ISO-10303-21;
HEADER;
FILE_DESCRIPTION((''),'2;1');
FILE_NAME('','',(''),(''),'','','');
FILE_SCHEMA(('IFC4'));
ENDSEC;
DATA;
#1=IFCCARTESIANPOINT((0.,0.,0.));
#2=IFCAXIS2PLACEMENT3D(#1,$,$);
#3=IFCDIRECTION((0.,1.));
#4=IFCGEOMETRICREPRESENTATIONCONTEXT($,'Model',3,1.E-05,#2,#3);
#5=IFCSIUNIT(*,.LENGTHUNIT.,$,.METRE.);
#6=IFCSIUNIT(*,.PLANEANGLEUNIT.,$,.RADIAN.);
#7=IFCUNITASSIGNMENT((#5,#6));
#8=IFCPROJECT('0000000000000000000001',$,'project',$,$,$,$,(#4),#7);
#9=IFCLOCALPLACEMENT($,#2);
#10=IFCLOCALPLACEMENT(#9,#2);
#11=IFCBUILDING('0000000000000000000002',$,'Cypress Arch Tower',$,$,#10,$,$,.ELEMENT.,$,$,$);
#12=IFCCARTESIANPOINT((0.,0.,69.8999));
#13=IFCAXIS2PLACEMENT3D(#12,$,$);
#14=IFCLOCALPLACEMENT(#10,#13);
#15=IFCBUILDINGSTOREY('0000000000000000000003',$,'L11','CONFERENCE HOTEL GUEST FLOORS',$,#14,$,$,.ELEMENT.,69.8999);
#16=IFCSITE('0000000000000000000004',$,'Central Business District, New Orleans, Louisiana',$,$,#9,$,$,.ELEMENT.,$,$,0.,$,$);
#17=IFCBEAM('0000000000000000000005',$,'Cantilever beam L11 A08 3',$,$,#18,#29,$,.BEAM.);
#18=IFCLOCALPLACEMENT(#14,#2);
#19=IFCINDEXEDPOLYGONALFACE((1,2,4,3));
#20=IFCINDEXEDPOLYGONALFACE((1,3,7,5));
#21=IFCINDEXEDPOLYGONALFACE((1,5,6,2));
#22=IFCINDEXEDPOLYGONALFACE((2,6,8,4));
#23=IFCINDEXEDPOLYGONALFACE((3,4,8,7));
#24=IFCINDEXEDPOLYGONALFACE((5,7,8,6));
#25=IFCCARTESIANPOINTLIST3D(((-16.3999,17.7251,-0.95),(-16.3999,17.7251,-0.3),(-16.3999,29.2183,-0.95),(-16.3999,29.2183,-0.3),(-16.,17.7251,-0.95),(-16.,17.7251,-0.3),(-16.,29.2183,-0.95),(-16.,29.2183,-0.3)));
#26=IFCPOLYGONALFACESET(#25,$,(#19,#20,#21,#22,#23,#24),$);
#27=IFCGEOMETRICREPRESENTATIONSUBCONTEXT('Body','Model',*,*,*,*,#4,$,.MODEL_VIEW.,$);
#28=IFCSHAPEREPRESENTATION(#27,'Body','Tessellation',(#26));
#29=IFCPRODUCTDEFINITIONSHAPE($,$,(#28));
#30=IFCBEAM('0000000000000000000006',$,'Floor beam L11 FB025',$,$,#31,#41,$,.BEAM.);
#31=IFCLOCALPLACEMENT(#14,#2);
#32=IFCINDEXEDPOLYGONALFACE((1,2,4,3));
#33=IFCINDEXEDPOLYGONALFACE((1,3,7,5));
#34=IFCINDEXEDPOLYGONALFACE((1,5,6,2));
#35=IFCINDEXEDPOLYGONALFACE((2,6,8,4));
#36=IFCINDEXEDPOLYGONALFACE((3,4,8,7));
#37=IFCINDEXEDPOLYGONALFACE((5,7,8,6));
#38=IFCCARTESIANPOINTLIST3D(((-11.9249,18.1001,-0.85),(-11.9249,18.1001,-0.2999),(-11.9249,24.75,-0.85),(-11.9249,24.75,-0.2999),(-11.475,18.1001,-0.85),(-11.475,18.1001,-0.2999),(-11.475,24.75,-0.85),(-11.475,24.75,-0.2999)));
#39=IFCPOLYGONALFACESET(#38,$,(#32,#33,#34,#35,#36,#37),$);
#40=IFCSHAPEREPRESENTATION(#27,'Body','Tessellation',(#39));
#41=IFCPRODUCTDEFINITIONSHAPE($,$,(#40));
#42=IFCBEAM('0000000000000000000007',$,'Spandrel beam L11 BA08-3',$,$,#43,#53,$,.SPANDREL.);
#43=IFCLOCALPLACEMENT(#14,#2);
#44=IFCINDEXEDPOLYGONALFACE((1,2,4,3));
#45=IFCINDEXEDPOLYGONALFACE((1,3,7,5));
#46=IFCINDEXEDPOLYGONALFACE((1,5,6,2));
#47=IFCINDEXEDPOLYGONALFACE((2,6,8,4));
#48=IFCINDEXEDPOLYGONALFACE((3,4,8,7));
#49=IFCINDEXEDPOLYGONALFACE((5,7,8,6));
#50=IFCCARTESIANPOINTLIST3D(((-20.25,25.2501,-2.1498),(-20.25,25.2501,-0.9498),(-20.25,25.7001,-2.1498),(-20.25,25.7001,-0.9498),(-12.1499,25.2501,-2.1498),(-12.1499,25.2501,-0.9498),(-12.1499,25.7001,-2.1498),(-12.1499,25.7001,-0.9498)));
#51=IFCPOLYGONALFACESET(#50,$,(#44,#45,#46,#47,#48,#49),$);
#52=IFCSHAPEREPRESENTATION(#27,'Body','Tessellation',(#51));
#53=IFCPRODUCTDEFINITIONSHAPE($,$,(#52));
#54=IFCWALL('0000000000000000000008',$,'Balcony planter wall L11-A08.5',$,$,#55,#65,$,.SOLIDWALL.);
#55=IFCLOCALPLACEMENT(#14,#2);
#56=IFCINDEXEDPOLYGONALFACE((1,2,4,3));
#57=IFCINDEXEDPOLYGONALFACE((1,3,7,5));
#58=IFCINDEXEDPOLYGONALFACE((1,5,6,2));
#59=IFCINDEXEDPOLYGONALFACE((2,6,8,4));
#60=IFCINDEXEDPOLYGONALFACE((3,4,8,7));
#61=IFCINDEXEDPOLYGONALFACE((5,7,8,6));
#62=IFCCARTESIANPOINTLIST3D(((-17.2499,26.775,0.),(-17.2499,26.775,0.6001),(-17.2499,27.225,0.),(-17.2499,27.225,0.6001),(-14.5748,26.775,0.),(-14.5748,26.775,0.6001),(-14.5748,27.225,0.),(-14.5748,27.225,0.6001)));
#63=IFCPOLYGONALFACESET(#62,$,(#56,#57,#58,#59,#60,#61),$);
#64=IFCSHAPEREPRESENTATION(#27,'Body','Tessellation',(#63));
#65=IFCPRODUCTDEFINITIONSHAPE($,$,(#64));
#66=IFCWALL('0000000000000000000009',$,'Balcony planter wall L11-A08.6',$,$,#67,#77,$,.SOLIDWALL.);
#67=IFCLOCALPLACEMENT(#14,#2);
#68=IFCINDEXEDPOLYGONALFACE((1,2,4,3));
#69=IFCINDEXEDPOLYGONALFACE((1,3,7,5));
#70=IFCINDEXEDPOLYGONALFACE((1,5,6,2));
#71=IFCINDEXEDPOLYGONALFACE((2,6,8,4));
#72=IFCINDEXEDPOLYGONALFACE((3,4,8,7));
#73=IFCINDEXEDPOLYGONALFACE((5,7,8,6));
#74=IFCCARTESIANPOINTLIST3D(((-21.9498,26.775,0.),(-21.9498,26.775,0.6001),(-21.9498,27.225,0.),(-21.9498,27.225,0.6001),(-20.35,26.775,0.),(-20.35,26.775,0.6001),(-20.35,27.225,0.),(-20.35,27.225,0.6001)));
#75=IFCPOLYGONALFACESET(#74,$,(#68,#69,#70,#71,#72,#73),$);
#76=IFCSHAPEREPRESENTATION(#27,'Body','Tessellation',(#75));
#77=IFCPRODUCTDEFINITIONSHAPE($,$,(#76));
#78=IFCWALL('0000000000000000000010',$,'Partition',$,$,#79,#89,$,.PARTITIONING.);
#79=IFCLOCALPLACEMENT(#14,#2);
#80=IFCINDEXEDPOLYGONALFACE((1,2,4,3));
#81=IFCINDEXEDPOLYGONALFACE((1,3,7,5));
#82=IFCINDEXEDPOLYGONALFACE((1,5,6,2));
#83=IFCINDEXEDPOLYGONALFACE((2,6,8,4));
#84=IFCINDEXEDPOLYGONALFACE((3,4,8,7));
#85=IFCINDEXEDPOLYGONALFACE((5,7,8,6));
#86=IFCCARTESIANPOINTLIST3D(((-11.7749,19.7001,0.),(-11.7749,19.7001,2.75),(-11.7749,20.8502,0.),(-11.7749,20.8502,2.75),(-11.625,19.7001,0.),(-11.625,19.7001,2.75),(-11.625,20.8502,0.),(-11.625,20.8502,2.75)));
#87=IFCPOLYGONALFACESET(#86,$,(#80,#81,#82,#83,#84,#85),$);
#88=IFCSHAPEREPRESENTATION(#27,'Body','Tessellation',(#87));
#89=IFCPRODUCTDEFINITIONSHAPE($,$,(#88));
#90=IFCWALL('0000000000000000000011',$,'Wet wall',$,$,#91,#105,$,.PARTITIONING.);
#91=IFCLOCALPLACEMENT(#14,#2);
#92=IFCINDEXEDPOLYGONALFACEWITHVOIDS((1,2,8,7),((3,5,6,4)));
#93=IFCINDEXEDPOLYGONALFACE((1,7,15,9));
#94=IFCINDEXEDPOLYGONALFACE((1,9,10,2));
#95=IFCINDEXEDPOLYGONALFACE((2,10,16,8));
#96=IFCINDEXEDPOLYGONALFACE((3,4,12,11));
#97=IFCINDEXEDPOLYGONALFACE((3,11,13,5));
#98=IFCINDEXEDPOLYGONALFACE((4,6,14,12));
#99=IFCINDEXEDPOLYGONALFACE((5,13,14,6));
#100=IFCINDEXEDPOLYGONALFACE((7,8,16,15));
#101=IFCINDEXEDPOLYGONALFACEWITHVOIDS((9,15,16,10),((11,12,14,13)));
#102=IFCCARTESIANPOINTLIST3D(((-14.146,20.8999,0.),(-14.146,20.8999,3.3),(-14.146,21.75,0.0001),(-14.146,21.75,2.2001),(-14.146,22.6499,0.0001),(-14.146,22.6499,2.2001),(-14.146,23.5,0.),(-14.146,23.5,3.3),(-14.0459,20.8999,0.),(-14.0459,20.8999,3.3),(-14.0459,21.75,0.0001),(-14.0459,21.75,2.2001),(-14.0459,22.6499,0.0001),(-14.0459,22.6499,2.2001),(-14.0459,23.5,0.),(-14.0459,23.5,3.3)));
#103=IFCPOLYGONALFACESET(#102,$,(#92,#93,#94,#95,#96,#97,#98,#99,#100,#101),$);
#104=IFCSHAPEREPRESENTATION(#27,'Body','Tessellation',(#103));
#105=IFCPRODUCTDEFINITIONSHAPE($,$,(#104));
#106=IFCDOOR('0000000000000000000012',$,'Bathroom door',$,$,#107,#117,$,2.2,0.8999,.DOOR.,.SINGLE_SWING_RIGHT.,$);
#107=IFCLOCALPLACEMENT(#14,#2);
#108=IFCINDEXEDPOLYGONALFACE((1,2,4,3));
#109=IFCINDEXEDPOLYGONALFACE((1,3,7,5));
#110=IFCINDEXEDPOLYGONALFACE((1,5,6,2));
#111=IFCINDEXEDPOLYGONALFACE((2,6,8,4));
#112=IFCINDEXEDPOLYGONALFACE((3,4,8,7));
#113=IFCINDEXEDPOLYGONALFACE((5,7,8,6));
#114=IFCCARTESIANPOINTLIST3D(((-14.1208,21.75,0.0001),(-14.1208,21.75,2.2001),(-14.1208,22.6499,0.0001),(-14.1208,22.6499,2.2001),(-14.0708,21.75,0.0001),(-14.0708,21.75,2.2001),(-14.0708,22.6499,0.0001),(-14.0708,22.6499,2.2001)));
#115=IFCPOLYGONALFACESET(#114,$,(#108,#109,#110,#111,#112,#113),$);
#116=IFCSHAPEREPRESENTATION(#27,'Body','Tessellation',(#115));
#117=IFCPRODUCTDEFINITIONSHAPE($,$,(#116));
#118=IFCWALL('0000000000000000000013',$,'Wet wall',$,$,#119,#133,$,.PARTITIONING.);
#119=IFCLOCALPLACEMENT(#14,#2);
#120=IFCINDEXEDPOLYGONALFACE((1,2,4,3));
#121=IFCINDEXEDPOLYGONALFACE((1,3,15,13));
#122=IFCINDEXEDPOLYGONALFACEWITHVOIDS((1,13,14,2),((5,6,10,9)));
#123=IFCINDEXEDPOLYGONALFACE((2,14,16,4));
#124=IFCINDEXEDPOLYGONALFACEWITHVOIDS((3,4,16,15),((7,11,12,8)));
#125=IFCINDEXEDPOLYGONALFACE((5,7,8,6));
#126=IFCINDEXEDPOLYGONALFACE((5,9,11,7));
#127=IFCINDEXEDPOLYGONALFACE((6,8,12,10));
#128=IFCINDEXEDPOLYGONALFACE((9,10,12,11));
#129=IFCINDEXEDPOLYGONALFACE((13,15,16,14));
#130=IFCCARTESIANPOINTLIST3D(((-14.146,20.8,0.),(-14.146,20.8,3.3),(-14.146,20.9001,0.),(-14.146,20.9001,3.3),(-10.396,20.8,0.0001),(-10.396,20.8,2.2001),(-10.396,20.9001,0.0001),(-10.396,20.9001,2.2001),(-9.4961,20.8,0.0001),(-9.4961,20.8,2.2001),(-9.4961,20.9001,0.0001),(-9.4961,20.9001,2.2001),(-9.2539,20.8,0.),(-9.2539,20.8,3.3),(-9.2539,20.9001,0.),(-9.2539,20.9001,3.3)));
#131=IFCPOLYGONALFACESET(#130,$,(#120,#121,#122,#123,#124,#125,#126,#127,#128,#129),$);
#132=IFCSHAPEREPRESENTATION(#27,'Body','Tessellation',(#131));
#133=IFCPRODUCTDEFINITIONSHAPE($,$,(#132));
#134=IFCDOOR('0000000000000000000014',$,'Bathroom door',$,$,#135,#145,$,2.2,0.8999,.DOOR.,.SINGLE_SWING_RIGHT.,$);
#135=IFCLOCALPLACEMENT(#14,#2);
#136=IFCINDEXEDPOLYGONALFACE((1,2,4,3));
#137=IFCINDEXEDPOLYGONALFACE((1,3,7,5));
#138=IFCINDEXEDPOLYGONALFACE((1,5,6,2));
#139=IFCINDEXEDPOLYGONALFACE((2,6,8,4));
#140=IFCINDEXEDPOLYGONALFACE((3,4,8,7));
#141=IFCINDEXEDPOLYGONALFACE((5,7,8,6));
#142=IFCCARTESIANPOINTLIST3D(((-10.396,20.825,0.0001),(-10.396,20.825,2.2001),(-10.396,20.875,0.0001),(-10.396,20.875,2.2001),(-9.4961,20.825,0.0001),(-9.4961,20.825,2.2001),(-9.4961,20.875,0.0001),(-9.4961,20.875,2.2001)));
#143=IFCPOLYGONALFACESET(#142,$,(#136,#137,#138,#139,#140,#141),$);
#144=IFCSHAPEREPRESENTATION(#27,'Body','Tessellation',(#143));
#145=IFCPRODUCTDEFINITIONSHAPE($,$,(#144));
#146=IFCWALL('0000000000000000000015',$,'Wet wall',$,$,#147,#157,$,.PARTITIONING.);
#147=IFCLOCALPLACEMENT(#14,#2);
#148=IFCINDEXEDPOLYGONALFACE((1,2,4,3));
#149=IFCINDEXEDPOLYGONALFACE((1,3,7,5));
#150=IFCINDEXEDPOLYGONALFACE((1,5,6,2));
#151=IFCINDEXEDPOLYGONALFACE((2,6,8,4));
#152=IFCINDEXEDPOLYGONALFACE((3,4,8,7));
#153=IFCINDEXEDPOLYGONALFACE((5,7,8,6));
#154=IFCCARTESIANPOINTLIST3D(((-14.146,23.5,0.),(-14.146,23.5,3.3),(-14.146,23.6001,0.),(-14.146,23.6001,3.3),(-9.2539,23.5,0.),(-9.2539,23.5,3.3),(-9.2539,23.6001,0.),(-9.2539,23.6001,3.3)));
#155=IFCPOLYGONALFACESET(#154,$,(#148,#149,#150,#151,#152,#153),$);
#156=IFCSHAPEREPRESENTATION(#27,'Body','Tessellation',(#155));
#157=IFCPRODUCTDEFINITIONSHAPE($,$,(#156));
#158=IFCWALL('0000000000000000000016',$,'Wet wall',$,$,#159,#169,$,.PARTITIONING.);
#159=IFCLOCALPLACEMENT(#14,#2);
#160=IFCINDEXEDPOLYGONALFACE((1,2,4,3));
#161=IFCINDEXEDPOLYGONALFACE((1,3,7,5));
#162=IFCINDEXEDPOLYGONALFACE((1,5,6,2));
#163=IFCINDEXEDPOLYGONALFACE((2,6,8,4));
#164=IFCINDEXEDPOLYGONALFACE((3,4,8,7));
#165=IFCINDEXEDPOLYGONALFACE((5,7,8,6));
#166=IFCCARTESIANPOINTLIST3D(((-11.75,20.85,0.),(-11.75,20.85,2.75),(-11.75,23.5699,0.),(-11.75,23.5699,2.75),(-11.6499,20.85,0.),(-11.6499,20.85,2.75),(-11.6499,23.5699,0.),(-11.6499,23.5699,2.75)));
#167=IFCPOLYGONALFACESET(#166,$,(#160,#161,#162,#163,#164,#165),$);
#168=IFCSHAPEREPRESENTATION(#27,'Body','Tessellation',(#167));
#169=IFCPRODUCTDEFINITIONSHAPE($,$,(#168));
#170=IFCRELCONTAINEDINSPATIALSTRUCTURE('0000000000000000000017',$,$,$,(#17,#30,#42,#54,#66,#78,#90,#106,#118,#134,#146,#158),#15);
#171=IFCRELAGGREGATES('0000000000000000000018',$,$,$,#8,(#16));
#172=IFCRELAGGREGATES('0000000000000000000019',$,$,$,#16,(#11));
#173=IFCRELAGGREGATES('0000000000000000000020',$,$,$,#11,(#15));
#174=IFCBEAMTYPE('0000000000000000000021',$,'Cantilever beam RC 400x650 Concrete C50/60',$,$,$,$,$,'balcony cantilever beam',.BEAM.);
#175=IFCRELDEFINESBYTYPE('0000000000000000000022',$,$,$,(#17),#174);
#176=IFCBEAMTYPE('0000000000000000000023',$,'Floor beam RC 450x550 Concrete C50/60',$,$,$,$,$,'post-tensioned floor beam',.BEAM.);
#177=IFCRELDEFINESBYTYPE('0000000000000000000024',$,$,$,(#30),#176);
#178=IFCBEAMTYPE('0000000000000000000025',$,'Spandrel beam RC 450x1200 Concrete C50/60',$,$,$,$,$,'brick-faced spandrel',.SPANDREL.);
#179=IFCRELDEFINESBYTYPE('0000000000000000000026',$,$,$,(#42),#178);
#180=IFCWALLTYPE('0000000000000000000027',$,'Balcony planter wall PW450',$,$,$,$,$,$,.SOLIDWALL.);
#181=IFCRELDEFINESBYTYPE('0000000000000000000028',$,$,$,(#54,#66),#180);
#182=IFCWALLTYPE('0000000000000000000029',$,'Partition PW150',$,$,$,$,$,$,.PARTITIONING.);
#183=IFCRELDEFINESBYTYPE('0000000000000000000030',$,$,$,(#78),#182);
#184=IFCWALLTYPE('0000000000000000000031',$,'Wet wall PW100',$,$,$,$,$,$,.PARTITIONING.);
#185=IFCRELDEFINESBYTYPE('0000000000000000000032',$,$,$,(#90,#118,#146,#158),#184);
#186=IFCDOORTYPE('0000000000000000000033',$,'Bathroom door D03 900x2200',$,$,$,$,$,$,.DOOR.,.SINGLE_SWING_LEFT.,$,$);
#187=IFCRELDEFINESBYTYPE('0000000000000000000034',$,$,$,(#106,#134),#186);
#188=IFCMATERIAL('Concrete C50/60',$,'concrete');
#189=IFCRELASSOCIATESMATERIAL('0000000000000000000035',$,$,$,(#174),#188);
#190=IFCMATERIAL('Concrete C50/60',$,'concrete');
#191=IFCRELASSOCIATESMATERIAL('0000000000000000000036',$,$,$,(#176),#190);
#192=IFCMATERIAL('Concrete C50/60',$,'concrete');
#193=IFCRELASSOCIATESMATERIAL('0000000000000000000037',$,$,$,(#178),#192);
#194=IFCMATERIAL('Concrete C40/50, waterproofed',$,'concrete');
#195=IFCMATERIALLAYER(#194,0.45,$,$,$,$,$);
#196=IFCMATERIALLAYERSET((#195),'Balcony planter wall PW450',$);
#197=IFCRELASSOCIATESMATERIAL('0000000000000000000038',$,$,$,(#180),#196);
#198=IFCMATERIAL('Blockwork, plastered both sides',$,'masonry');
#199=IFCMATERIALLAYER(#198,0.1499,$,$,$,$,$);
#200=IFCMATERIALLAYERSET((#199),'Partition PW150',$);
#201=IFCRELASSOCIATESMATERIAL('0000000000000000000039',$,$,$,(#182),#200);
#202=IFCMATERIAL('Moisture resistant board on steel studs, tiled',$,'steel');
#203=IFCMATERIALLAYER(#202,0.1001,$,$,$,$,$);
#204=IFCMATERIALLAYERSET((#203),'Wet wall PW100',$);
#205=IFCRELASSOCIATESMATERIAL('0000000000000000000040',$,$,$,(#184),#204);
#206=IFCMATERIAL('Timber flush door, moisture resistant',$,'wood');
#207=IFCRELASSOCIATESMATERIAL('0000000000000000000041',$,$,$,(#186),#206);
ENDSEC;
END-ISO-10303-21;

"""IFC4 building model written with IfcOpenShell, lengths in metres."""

from ifc_helpers import new_model, si_unit, direction, frame, frame_2d, origin, origin_2d, place, context, subcontext, project, spatial, rectangle, extrude, material, layer, layer_set, material_profile, profile_set, type_object, element, fill, save


model = new_model("IFC4")

# Units and contexts
model_context = context("Model", 3, precision=1e-05, world=origin(), true_north=direction((0.0, 1.0)))
body_context = subcontext(model_context, "Body", "Model", "MODEL_VIEW")
ifc_project = project(units=[si_unit("LENGTHUNIT", "METRE"), si_unit("PLANEANGLEUNIT", "RADIAN")], contexts=[model_context])

# Site, building, storey
site_placement = place(None, origin())
site = spatial("IfcSite", under=ifc_project, at=site_placement, Name="Central Business District, New Orleans, Louisiana", CompositionType="ELEMENT", RefElevation=0.0)
building_placement = place(site_placement, origin())
building = spatial("IfcBuilding", under=site, at=building_placement, Name="Cypress Arch Tower", CompositionType="ELEMENT")
storey_placement = place(building_placement, frame((0.0, 0.0, 69.8999)))
storey = spatial("IfcBuildingStorey", under=building, at=storey_placement, Name="L11", Description="CONFERENCE HOTEL GUEST FLOORS", CompositionType="ELEMENT", Elevation=69.8999)

# Beams
ifc_material_1 = material(Name="Concrete C50/60", Category="concrete")
ifc_material_profile_1 = material_profile(ifc_material_1, rectangle(XDim=0.3999, YDim=0.6499, at=origin_2d()), Name="RC 400x650")
ifc_profile_set_1 = profile_set([ifc_material_profile_1], Name="Concrete C50/60")
beam_type_1 = type_object("IfcBeamType", Name="Cantilever beam RC 400x650 Concrete C50/60", ElementType="balcony cantilever beam", PredefinedType="BEAM", material=ifc_profile_set_1)
beam_1_placement = place(storey_placement, frame((-16.2, 17.7251, -0.625), z_axis=(0.0, 1.0, 0.0), x_axis=(-1.0, 0.0, 0.0)))
element("IfcBeam", 1, at=beam_1_placement, inside=storey, type_object=beam_type_1, Name="Cantilever beam L11 A08 3", PredefinedType="BEAM", context=body_context, shape_type="SweptSolid", body=[
    extrude(rectangle(XDim=0.3999, YDim=0.6499, at=origin_2d()), origin(), (0.0, 0.0, 1.0), 11.4932),
])
ifc_material_2 = material(Name="Concrete C50/60", Category="concrete")
ifc_material_profile_2 = material_profile(ifc_material_2, rectangle(XDim=0.45, YDim=0.55, at=origin_2d()), Name="RC 450x550")
ifc_profile_set_2 = profile_set([ifc_material_profile_2], Name="Concrete C50/60")
beam_type_2 = type_object("IfcBeamType", Name="Floor beam RC 450x550 Concrete C50/60", ElementType="post-tensioned floor beam", PredefinedType="BEAM", material=ifc_profile_set_2)
beam_2_placement = place(storey_placement, frame((-11.7, 18.1001, -0.575), z_axis=(0.0, 1.0, 0.0), x_axis=(-1.0, 0.0, 0.0)))
element("IfcBeam", 2, at=beam_2_placement, inside=storey, type_object=beam_type_2, Name="Floor beam L11 FB025", PredefinedType="BEAM", context=body_context, shape_type="SweptSolid", body=[
    extrude(rectangle(XDim=0.45, YDim=0.55, at=origin_2d()), origin(), (0.0, 0.0, 1.0), 6.6499),
])
ifc_material_3 = material(Name="Concrete C50/60", Category="concrete")
ifc_material_profile_3 = material_profile(ifc_material_3, rectangle(XDim=0.45, YDim=1.2, at=origin_2d()), Name="RC 450x1200")
ifc_profile_set_3 = profile_set([ifc_material_profile_3], Name="Concrete C50/60")
beam_type_3 = type_object("IfcBeamType", Name="Spandrel beam RC 450x1200 Concrete C50/60", ElementType="brick-faced spandrel", PredefinedType="SPANDREL", material=ifc_profile_set_3)
beam_3_placement = place(storey_placement, frame((-12.1499, 25.4751, -1.5498), z_axis=(-1.0, 0.0, 0.0), x_axis=(0.0, -1.0, 0.0)))
element("IfcBeam", 3, at=beam_3_placement, inside=storey, type_object=beam_type_3, Name="Spandrel beam L11 BA08-3", PredefinedType="SPANDREL", context=body_context, shape_type="SweptSolid", body=[
    extrude(rectangle(XDim=0.45, YDim=1.2, at=origin_2d()), origin(), (0.0, 0.0, 1.0), 8.1001),
])

# Walls
ifc_material_4 = material(Name="Concrete C40/50, waterproofed", Category="concrete")
ifc_layer_1 = layer(ifc_material_4, 0.45)
ifc_layer_set_1 = layer_set([ifc_layer_1], Name="Balcony planter wall PW450")
wall_type_1 = type_object("IfcWallType", Name="Balcony planter wall PW450", PredefinedType="SOLIDWALL", material=ifc_layer_set_1)
wall_1_placement = place(storey_placement, frame((-14.575, 27.0, 0.0), z_axis=(0.0, 0.0, 1.0), x_axis=(-1.0, 0.0, 0.0)))
element("IfcWall", 4, at=wall_1_placement, inside=storey, type_object=wall_type_1, Name="Balcony planter wall L11-A08.5", PredefinedType="SOLIDWALL", context=body_context, shape_type="SweptSolid", body=[
    extrude(rectangle(XDim=2.675, YDim=0.45, at=frame_2d((1.3374, 0.0))), origin(), (0.0, 0.0, 1.0), 0.6001),
])
wall_2_placement = place(storey_placement, frame((-20.3501, 27.0, 0.0), z_axis=(0.0, 0.0, 1.0), x_axis=(-1.0, 0.0, 0.0)))
element("IfcWall", 5, at=wall_2_placement, inside=storey, type_object=wall_type_1, Name="Balcony planter wall L11-A08.6", PredefinedType="SOLIDWALL", context=body_context, shape_type="SweptSolid", body=[
    extrude(rectangle(XDim=1.5999, YDim=0.45, at=frame_2d((0.7998, 0.0))), origin(), (0.0, 0.0, 1.0), 0.6001),
])

# Wall
ifc_material_5 = material(Name="Blockwork, plastered both sides", Category="masonry")
ifc_layer_2 = layer(ifc_material_5, 0.1499)
ifc_layer_set_2 = layer_set([ifc_layer_2], Name="Partition PW150")
wall_type_2 = type_object("IfcWallType", Name="Partition PW150", PredefinedType="PARTITIONING", material=ifc_layer_set_2)
wall_3_placement = place(storey_placement, frame((-11.7, 19.7, 0.0), z_axis=(0.0, 0.0, 1.0), x_axis=(0.0, 1.0, 0.0)))
element("IfcWall", 6, at=wall_3_placement, inside=storey, type_object=wall_type_2, Name="Partition", PredefinedType="PARTITIONING", context=body_context, shape_type="SweptSolid", body=[
    extrude(rectangle(XDim=1.1501, YDim=0.1499, at=frame_2d((0.5752, 0.0))), origin(), (0.0, 0.0, 1.0), 2.75),
])

# Walls, openings, doors
ifc_material_6 = material(Name="Moisture resistant board on steel studs, tiled", Category="steel")
ifc_layer_3 = layer(ifc_material_6, 0.1001)
ifc_layer_set_3 = layer_set([ifc_layer_3], Name="Wet wall PW100")
wall_type_3 = type_object("IfcWallType", Name="Wet wall PW100", PredefinedType="PARTITIONING", material=ifc_layer_set_3)
wall_4_placement = place(storey_placement, frame((-14.0959, 20.8999, 0.0), z_axis=(0.0, 0.0, 1.0), x_axis=(0.0, 1.0, 0.0)))
wall_4 = element("IfcWall", 7, at=wall_4_placement, inside=storey, type_object=wall_type_3, Name="Wet wall", PredefinedType="PARTITIONING", context=body_context, shape_type="SweptSolid", body=[
    extrude(rectangle(XDim=2.6001, YDim=0.1001, at=frame_2d((1.3, 0.0))), origin(), (0.0, 0.0, 1.0), 3.3),
])
opening_1_placement = place(wall_4_placement, frame((0.8501, 0.0, 0.0)))
opening_1 = element("IfcOpeningElement", 8, at=opening_1_placement, cuts=wall_4, PredefinedType="OPENING", context=body_context, shape_type="SweptSolid", body=[
    extrude(rectangle(XDim=0.8999, YDim=2.2, at=frame_2d((0.45, 1.1001))), frame((0.0, 0.0601, 0.0), z_axis=(0.0, -1.0, 0.0), x_axis=(1.0, 0.0, 0.0)), (0.0, 0.0, 1.0), 0.1201),
])
ifc_material_7 = material(Name="Timber flush door, moisture resistant", Category="wood")
door_type_1 = type_object("IfcDoorType", Name="Bathroom door D03 900x2200", OperationType="SINGLE_SWING_LEFT", PredefinedType="DOOR", material=ifc_material_7)
door_1_placement = place(opening_1_placement, origin())
door_1 = element("IfcDoor", 9, at=door_1_placement, inside=storey, type_object=door_type_1, Name="Bathroom door", OperationType="SINGLE_SWING_RIGHT", OverallHeight=2.2, OverallWidth=0.8999, PredefinedType="DOOR", context=body_context, shape_type="SweptSolid", body=[
    extrude(rectangle(XDim=0.8999, YDim=2.2, at=frame_2d((0.45, 1.1001))), frame((0.0, 0.0249, 0.0), z_axis=(0.0, -1.0, 0.0), x_axis=(1.0, 0.0, 0.0)), (0.0, 0.0, 1.0), 0.05),
])
fill(opening_1, door_1)
wall_5_placement = place(storey_placement, frame((-14.146, 20.8501, 0.0), z_axis=(0.0, 0.0, 1.0), x_axis=(1.0, 0.0, 0.0)))
wall_5 = element("IfcWall", 10, at=wall_5_placement, inside=storey, type_object=wall_type_3, Name="Wet wall", PredefinedType="PARTITIONING", context=body_context, shape_type="SweptSolid", body=[
    extrude(rectangle(XDim=4.8921, YDim=0.1001, at=frame_2d((2.446, 0.0))), origin(), (0.0, 0.0, 1.0), 3.3),
])
opening_2_placement = place(wall_5_placement, frame((3.75, 0.0, 0.0)))
opening_2 = element("IfcOpeningElement", 11, at=opening_2_placement, cuts=wall_5, PredefinedType="OPENING", context=body_context, shape_type="SweptSolid", body=[
    extrude(rectangle(XDim=0.8999, YDim=2.2, at=frame_2d((0.45, 1.1001))), frame((0.0, 0.0601, 0.0), z_axis=(0.0, -1.0, 0.0), x_axis=(1.0, 0.0, 0.0)), (0.0, 0.0, 1.0), 0.1201),
])
door_2_placement = place(opening_2_placement, origin())
door_2 = element("IfcDoor", 12, at=door_2_placement, inside=storey, type_object=door_type_1, Name="Bathroom door", OperationType="SINGLE_SWING_RIGHT", OverallHeight=2.2, OverallWidth=0.8999, PredefinedType="DOOR", context=body_context, shape_type="SweptSolid", body=[
    extrude(rectangle(XDim=0.8999, YDim=2.2, at=frame_2d((0.45, 1.1001))), frame((0.0, 0.0249, 0.0), z_axis=(0.0, -1.0, 0.0), x_axis=(1.0, 0.0, 0.0)), (0.0, 0.0, 1.0), 0.05),
])
fill(opening_2, door_2)

# Walls
wall_6_placement = place(storey_placement, frame((-14.146, 23.55, 0.0), z_axis=(0.0, 0.0, 1.0), x_axis=(1.0, 0.0, 0.0)))
element("IfcWall", 13, at=wall_6_placement, inside=storey, type_object=wall_type_3, Name="Wet wall", PredefinedType="PARTITIONING", context=body_context, shape_type="SweptSolid", body=[
    extrude(rectangle(XDim=4.8921, YDim=0.1001, at=frame_2d((2.446, 0.0))), origin(), (0.0, 0.0, 1.0), 3.3),
])
wall_7_placement = place(storey_placement, frame((-11.7, 20.8501, 0.0), z_axis=(0.0, 0.0, 1.0), x_axis=(0.0, 1.0, 0.0)))
element("IfcWall", 14, at=wall_7_placement, inside=storey, type_object=wall_type_3, Name="Wet wall", PredefinedType="PARTITIONING", context=body_context, shape_type="SweptSolid", body=[
    extrude(rectangle(XDim=2.72, YDim=0.1001, at=frame_2d((1.3599, 0.0))), origin(), (0.0, 0.0, 1.0), 2.75),
])

save(model, "model.ifc")
